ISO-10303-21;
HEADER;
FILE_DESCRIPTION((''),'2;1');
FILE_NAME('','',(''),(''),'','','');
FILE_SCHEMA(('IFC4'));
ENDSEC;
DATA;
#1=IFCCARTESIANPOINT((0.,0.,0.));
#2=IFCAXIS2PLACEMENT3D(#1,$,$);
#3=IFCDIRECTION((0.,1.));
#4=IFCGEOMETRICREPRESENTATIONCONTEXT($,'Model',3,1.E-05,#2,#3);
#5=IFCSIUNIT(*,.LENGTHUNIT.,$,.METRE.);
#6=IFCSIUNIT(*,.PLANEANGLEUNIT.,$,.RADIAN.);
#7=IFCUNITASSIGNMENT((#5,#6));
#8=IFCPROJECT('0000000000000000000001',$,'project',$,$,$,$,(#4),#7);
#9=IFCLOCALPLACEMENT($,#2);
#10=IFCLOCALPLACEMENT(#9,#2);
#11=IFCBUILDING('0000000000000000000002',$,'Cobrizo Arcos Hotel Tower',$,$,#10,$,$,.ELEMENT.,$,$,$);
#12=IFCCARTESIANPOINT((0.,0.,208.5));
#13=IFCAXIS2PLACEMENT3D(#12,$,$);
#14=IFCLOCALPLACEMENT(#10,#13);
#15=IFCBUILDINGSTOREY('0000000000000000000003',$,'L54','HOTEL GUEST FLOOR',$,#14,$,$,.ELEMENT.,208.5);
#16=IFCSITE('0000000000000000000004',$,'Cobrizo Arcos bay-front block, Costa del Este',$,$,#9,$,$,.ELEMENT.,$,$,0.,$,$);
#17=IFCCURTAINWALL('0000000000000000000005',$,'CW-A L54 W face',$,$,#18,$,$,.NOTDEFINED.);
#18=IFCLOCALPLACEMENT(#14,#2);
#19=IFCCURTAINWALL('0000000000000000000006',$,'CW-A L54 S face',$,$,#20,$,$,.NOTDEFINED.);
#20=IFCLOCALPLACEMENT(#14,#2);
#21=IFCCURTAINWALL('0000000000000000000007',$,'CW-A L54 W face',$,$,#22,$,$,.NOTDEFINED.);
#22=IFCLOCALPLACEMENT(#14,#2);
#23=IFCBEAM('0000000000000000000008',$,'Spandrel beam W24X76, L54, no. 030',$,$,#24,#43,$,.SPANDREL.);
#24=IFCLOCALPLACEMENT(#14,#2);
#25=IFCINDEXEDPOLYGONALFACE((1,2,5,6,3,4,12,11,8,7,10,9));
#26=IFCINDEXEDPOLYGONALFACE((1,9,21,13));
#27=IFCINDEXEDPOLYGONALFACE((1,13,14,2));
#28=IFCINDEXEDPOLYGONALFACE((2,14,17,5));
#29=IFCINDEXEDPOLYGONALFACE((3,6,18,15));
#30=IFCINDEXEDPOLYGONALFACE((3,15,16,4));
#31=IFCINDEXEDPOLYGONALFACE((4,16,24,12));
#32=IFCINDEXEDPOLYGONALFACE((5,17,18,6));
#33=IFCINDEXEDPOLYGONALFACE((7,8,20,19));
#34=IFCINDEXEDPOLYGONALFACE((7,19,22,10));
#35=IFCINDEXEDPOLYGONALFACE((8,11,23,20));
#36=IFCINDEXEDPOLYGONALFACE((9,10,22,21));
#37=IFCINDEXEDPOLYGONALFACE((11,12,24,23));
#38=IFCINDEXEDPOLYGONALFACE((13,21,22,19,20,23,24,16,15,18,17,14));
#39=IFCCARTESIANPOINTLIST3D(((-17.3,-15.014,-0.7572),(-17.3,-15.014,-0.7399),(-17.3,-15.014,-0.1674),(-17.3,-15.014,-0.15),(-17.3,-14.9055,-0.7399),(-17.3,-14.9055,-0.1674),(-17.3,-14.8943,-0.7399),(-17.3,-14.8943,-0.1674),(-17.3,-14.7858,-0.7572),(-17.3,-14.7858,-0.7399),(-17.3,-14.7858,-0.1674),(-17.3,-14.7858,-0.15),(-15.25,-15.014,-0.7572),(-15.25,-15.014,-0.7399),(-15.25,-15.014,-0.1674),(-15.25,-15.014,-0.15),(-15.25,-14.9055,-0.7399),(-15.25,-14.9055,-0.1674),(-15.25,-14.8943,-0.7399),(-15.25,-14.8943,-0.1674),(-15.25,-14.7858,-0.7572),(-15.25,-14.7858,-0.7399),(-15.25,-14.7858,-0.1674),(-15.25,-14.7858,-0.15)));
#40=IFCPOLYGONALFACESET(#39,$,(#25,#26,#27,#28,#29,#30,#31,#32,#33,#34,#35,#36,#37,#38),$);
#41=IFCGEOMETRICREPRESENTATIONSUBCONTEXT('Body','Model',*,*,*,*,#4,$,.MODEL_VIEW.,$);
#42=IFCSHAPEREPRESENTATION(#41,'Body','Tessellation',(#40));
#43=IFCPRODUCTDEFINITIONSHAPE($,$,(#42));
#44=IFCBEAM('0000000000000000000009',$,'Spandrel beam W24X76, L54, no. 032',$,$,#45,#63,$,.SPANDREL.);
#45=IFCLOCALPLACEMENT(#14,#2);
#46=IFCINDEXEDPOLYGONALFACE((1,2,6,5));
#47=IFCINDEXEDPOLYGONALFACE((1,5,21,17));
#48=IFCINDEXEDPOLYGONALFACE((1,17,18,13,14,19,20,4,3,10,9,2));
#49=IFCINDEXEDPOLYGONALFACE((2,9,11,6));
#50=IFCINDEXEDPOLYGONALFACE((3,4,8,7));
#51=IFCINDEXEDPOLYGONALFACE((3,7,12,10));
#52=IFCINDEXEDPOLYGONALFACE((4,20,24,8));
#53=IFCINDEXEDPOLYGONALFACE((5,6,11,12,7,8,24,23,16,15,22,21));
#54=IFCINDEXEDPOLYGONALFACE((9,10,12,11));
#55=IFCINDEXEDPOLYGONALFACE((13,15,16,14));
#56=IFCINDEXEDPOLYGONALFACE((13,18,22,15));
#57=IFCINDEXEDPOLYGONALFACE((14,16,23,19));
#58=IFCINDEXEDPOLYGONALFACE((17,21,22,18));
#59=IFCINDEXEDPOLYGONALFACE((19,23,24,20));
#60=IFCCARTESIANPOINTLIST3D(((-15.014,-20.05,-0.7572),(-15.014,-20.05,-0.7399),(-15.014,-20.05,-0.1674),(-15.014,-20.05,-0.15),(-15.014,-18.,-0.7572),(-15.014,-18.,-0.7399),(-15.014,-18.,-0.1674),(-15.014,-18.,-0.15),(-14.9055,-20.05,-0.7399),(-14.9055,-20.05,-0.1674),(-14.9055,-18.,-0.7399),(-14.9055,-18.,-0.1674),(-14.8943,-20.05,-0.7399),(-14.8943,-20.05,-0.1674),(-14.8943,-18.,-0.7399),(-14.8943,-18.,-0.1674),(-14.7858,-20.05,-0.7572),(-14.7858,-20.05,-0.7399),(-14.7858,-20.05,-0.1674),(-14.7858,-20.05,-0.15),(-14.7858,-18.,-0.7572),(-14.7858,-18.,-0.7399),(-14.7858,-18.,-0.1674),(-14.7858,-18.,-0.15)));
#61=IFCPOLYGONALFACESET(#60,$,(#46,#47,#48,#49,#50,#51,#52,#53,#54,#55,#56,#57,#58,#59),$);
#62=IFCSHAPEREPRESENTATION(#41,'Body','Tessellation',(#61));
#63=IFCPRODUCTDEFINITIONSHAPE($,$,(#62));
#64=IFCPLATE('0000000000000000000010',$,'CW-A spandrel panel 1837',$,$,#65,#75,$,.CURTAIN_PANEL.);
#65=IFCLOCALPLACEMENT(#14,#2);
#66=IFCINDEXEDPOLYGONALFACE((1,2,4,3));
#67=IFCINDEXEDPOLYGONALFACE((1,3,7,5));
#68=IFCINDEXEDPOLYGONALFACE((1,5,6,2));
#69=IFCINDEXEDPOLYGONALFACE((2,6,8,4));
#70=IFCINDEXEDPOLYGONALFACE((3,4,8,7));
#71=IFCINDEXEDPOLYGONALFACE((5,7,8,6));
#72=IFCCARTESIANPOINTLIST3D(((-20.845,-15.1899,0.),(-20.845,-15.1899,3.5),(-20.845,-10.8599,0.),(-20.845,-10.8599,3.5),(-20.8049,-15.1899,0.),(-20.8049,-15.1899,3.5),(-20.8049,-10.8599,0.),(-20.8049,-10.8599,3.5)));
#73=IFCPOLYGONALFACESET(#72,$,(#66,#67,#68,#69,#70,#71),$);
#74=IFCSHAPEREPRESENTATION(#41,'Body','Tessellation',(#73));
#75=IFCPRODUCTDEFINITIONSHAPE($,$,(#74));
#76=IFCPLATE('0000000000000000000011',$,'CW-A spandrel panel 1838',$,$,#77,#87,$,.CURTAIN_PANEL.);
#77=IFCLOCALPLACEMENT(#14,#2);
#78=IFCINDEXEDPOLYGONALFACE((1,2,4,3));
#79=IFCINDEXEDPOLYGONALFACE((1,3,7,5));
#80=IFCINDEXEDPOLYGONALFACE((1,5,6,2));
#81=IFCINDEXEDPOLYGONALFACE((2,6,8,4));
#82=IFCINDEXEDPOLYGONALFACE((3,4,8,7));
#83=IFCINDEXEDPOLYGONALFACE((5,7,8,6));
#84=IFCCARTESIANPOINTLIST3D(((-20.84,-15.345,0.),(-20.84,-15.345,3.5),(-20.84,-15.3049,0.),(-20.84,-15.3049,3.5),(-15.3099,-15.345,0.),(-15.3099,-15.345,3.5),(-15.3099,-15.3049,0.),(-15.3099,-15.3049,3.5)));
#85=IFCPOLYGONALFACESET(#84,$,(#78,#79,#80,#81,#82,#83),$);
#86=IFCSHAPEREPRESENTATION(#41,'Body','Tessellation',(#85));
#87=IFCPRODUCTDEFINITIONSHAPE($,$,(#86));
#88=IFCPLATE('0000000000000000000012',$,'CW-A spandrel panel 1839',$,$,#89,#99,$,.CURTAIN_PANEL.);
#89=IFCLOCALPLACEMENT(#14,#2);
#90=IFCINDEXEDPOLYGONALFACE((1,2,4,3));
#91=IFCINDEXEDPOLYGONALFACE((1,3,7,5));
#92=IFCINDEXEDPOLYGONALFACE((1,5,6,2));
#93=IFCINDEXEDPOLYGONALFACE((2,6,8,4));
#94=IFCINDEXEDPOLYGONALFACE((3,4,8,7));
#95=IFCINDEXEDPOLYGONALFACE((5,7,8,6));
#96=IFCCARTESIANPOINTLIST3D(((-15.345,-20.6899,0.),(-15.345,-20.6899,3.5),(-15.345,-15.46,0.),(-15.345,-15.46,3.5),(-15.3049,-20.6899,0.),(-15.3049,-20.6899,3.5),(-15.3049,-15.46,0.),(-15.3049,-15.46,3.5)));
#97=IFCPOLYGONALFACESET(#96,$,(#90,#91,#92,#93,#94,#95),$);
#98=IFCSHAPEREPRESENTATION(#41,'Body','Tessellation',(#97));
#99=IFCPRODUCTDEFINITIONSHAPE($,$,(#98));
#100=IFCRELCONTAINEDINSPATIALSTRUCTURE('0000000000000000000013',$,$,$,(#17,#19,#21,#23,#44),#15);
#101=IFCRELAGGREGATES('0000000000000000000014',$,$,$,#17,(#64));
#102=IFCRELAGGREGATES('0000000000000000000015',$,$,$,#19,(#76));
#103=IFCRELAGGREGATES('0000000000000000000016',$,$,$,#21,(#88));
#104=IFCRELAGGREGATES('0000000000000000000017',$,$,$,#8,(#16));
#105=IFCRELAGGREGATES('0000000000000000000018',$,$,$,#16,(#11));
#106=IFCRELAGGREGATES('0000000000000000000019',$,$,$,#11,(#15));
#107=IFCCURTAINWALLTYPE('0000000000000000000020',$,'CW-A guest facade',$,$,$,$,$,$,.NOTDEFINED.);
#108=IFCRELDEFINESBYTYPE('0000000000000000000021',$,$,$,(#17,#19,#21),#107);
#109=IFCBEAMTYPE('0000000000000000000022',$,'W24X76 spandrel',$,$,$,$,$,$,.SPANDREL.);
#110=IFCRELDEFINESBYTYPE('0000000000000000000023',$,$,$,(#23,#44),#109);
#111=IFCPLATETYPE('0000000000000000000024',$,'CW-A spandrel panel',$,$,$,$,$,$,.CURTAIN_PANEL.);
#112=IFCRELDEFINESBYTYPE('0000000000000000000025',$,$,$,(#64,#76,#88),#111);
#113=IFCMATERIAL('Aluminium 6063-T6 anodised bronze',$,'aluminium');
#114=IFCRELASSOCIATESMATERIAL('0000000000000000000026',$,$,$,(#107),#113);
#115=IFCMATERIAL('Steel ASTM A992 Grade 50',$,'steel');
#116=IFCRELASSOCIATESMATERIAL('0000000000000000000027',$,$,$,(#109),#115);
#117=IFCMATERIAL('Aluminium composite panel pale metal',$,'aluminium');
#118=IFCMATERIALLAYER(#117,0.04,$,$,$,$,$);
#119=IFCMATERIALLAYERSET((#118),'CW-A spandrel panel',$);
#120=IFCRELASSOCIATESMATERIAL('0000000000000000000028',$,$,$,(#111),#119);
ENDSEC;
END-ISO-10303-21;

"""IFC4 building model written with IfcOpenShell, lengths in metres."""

from ifc_helpers import new_model, si_unit, direction, frame, origin, origin_2d, place, context, subcontext, project, spatial, rectangle, i_section, extrude, material, layer, layer_set, material_profile, profile_set, type_object, element, aggregate, save


model = new_model("IFC4")

# Units and contexts
model_context = context("Model", 3, precision=1e-05, world=origin(), true_north=direction((0.0, 1.0)))
body_context = subcontext(model_context, "Body", "Model", "MODEL_VIEW")
ifc_project = project(units=[si_unit("LENGTHUNIT", "METRE"), si_unit("PLANEANGLEUNIT", "RADIAN")], contexts=[model_context])

# Site, building, storey
site_placement = place(None, origin())
site = spatial("IfcSite", under=ifc_project, at=site_placement, Name="Cobrizo Arcos bay-front block, Costa del Este", CompositionType="ELEMENT", RefElevation=0.0)
building_placement = place(site_placement, origin())
building = spatial("IfcBuilding", under=site, at=building_placement, Name="Cobrizo Arcos Hotel Tower", CompositionType="ELEMENT")
storey_placement = place(building_placement, frame((0.0, 0.0, 208.5)))
storey = spatial("IfcBuildingStorey", under=building, at=storey_placement, Name="L54", Description="HOTEL GUEST FLOOR", CompositionType="ELEMENT", Elevation=208.5)

# Curtain wall
ifc_material_1 = material(Name="Aluminium 6063-T6 anodised bronze", Category="aluminium")
curtain_wall_type = type_object("IfcCurtainWallType", Name="CW-A guest facade", PredefinedType="NOTDEFINED", material=ifc_material_1)
curtain_wall_1_placement = place(storey_placement, origin())
curtain_wall_1 = element("IfcCurtainWall", 1, at=curtain_wall_1_placement, inside=storey, type_object=curtain_wall_type, Name="CW-A L54 W face", PredefinedType="NOTDEFINED")

# Curtain walls
curtain_wall_2_placement = place(storey_placement, origin())
curtain_wall_2 = element("IfcCurtainWall", 2, at=curtain_wall_2_placement, inside=storey, type_object=curtain_wall_type, Name="CW-A L54 S face", PredefinedType="NOTDEFINED")
curtain_wall_3_placement = place(storey_placement, origin())
curtain_wall_3 = element("IfcCurtainWall", 3, at=curtain_wall_3_placement, inside=storey, type_object=curtain_wall_type, Name="CW-A L54 W face", PredefinedType="NOTDEFINED")

# Beams
ifc_material_2 = material(Name="Steel ASTM A992 Grade 50", Category="steel")
ifc_material_profile_1 = material_profile(ifc_material_2, i_section(OverallWidth=0.2283, OverallDepth=0.6072, WebThickness=0.0112, FlangeThickness=0.0173, at=origin_2d()), Name="W24X76")
ifc_profile_set_1 = profile_set([ifc_material_profile_1], Name="Steel ASTM A992 Grade 50")
beam_type_1 = type_object("IfcBeamType", Name="W24X76 spandrel", PredefinedType="SPANDREL", material=ifc_profile_set_1)
for number, where, z_axis, x_axis, name in (
    (4, (-17.3, -14.8999, -0.4536), (1.0, 0.0, 0.0), (0.0, 1.0, 0.0), "Spandrel beam W24X76, L54, no. 030"),
    (5, (-14.8999, -18.0, -0.4536), (0.0, -1.0, 0.0), (1.0, 0.0, 0.0), "Spandrel beam W24X76, L54, no. 032"),
):
    element("IfcBeam", number, at=place(storey_placement, frame(where, z_axis=z_axis, x_axis=x_axis)), inside=storey, type_object=beam_type_1, Name=name, PredefinedType="SPANDREL", context=body_context, shape_type="SweptSolid", body=[
        extrude(i_section(OverallWidth=0.2283, OverallDepth=0.6072, WebThickness=0.0112, FlangeThickness=0.0173, at=origin_2d()), origin(), (0.0, 0.0, 1.0), 2.05),
    ])

# Plates
ifc_material_3 = material(Name="Aluminium composite panel pale metal", Category="aluminium")
ifc_layer_1 = layer(ifc_material_3, 0.04)
ifc_layer_set_1 = layer_set([ifc_layer_1], Name="CW-A spandrel panel")
plate_type = type_object("IfcPlateType", Name="CW-A spandrel panel", PredefinedType="CURTAIN_PANEL", material=ifc_layer_set_1)
plate_1_placement = place(storey_placement, frame((-20.825, -13.0249, 0.0), z_axis=(0.0, 0.0, 1.0), x_axis=(0.0, -1.0, 0.0)))
plate_1 = element("IfcPlate", 6, at=plate_1_placement, type_object=plate_type, Name="CW-A spandrel panel 1837", PredefinedType="CURTAIN_PANEL", context=body_context, shape_type="SweptSolid", body=[
    extrude(rectangle(XDim=4.3301, YDim=0.04, at=origin_2d()), origin(), (0.0, 0.0, 1.0), 3.5),
])
aggregate(curtain_wall_1, [plate_1])
plate_2_placement = place(storey_placement, frame((-18.075, -15.325, 0.0), z_axis=(0.0, 0.0, 1.0), x_axis=(1.0, 0.0, 0.0)))
plate_2 = element("IfcPlate", 7, at=plate_2_placement, type_object=plate_type, Name="CW-A spandrel panel 1838", PredefinedType="CURTAIN_PANEL", context=body_context, shape_type="SweptSolid", body=[
    extrude(rectangle(XDim=5.53, YDim=0.04, at=origin_2d()), origin(), (0.0, 0.0, 1.0), 3.5),
])
aggregate(curtain_wall_2, [plate_2])
plate_3_placement = place(storey_placement, frame((-15.325, -18.075, 0.0), z_axis=(0.0, 0.0, 1.0), x_axis=(0.0, -1.0, 0.0)))
plate_3 = element("IfcPlate", 8, at=plate_3_placement, type_object=plate_type, Name="CW-A spandrel panel 1839", PredefinedType="CURTAIN_PANEL", context=body_context, shape_type="SweptSolid", body=[
    extrude(rectangle(XDim=5.23, YDim=0.04, at=origin_2d()), origin(), (0.0, 0.0, 1.0), 3.5),
])
aggregate(curtain_wall_3, [plate_3])

save(model, "model.ifc")
